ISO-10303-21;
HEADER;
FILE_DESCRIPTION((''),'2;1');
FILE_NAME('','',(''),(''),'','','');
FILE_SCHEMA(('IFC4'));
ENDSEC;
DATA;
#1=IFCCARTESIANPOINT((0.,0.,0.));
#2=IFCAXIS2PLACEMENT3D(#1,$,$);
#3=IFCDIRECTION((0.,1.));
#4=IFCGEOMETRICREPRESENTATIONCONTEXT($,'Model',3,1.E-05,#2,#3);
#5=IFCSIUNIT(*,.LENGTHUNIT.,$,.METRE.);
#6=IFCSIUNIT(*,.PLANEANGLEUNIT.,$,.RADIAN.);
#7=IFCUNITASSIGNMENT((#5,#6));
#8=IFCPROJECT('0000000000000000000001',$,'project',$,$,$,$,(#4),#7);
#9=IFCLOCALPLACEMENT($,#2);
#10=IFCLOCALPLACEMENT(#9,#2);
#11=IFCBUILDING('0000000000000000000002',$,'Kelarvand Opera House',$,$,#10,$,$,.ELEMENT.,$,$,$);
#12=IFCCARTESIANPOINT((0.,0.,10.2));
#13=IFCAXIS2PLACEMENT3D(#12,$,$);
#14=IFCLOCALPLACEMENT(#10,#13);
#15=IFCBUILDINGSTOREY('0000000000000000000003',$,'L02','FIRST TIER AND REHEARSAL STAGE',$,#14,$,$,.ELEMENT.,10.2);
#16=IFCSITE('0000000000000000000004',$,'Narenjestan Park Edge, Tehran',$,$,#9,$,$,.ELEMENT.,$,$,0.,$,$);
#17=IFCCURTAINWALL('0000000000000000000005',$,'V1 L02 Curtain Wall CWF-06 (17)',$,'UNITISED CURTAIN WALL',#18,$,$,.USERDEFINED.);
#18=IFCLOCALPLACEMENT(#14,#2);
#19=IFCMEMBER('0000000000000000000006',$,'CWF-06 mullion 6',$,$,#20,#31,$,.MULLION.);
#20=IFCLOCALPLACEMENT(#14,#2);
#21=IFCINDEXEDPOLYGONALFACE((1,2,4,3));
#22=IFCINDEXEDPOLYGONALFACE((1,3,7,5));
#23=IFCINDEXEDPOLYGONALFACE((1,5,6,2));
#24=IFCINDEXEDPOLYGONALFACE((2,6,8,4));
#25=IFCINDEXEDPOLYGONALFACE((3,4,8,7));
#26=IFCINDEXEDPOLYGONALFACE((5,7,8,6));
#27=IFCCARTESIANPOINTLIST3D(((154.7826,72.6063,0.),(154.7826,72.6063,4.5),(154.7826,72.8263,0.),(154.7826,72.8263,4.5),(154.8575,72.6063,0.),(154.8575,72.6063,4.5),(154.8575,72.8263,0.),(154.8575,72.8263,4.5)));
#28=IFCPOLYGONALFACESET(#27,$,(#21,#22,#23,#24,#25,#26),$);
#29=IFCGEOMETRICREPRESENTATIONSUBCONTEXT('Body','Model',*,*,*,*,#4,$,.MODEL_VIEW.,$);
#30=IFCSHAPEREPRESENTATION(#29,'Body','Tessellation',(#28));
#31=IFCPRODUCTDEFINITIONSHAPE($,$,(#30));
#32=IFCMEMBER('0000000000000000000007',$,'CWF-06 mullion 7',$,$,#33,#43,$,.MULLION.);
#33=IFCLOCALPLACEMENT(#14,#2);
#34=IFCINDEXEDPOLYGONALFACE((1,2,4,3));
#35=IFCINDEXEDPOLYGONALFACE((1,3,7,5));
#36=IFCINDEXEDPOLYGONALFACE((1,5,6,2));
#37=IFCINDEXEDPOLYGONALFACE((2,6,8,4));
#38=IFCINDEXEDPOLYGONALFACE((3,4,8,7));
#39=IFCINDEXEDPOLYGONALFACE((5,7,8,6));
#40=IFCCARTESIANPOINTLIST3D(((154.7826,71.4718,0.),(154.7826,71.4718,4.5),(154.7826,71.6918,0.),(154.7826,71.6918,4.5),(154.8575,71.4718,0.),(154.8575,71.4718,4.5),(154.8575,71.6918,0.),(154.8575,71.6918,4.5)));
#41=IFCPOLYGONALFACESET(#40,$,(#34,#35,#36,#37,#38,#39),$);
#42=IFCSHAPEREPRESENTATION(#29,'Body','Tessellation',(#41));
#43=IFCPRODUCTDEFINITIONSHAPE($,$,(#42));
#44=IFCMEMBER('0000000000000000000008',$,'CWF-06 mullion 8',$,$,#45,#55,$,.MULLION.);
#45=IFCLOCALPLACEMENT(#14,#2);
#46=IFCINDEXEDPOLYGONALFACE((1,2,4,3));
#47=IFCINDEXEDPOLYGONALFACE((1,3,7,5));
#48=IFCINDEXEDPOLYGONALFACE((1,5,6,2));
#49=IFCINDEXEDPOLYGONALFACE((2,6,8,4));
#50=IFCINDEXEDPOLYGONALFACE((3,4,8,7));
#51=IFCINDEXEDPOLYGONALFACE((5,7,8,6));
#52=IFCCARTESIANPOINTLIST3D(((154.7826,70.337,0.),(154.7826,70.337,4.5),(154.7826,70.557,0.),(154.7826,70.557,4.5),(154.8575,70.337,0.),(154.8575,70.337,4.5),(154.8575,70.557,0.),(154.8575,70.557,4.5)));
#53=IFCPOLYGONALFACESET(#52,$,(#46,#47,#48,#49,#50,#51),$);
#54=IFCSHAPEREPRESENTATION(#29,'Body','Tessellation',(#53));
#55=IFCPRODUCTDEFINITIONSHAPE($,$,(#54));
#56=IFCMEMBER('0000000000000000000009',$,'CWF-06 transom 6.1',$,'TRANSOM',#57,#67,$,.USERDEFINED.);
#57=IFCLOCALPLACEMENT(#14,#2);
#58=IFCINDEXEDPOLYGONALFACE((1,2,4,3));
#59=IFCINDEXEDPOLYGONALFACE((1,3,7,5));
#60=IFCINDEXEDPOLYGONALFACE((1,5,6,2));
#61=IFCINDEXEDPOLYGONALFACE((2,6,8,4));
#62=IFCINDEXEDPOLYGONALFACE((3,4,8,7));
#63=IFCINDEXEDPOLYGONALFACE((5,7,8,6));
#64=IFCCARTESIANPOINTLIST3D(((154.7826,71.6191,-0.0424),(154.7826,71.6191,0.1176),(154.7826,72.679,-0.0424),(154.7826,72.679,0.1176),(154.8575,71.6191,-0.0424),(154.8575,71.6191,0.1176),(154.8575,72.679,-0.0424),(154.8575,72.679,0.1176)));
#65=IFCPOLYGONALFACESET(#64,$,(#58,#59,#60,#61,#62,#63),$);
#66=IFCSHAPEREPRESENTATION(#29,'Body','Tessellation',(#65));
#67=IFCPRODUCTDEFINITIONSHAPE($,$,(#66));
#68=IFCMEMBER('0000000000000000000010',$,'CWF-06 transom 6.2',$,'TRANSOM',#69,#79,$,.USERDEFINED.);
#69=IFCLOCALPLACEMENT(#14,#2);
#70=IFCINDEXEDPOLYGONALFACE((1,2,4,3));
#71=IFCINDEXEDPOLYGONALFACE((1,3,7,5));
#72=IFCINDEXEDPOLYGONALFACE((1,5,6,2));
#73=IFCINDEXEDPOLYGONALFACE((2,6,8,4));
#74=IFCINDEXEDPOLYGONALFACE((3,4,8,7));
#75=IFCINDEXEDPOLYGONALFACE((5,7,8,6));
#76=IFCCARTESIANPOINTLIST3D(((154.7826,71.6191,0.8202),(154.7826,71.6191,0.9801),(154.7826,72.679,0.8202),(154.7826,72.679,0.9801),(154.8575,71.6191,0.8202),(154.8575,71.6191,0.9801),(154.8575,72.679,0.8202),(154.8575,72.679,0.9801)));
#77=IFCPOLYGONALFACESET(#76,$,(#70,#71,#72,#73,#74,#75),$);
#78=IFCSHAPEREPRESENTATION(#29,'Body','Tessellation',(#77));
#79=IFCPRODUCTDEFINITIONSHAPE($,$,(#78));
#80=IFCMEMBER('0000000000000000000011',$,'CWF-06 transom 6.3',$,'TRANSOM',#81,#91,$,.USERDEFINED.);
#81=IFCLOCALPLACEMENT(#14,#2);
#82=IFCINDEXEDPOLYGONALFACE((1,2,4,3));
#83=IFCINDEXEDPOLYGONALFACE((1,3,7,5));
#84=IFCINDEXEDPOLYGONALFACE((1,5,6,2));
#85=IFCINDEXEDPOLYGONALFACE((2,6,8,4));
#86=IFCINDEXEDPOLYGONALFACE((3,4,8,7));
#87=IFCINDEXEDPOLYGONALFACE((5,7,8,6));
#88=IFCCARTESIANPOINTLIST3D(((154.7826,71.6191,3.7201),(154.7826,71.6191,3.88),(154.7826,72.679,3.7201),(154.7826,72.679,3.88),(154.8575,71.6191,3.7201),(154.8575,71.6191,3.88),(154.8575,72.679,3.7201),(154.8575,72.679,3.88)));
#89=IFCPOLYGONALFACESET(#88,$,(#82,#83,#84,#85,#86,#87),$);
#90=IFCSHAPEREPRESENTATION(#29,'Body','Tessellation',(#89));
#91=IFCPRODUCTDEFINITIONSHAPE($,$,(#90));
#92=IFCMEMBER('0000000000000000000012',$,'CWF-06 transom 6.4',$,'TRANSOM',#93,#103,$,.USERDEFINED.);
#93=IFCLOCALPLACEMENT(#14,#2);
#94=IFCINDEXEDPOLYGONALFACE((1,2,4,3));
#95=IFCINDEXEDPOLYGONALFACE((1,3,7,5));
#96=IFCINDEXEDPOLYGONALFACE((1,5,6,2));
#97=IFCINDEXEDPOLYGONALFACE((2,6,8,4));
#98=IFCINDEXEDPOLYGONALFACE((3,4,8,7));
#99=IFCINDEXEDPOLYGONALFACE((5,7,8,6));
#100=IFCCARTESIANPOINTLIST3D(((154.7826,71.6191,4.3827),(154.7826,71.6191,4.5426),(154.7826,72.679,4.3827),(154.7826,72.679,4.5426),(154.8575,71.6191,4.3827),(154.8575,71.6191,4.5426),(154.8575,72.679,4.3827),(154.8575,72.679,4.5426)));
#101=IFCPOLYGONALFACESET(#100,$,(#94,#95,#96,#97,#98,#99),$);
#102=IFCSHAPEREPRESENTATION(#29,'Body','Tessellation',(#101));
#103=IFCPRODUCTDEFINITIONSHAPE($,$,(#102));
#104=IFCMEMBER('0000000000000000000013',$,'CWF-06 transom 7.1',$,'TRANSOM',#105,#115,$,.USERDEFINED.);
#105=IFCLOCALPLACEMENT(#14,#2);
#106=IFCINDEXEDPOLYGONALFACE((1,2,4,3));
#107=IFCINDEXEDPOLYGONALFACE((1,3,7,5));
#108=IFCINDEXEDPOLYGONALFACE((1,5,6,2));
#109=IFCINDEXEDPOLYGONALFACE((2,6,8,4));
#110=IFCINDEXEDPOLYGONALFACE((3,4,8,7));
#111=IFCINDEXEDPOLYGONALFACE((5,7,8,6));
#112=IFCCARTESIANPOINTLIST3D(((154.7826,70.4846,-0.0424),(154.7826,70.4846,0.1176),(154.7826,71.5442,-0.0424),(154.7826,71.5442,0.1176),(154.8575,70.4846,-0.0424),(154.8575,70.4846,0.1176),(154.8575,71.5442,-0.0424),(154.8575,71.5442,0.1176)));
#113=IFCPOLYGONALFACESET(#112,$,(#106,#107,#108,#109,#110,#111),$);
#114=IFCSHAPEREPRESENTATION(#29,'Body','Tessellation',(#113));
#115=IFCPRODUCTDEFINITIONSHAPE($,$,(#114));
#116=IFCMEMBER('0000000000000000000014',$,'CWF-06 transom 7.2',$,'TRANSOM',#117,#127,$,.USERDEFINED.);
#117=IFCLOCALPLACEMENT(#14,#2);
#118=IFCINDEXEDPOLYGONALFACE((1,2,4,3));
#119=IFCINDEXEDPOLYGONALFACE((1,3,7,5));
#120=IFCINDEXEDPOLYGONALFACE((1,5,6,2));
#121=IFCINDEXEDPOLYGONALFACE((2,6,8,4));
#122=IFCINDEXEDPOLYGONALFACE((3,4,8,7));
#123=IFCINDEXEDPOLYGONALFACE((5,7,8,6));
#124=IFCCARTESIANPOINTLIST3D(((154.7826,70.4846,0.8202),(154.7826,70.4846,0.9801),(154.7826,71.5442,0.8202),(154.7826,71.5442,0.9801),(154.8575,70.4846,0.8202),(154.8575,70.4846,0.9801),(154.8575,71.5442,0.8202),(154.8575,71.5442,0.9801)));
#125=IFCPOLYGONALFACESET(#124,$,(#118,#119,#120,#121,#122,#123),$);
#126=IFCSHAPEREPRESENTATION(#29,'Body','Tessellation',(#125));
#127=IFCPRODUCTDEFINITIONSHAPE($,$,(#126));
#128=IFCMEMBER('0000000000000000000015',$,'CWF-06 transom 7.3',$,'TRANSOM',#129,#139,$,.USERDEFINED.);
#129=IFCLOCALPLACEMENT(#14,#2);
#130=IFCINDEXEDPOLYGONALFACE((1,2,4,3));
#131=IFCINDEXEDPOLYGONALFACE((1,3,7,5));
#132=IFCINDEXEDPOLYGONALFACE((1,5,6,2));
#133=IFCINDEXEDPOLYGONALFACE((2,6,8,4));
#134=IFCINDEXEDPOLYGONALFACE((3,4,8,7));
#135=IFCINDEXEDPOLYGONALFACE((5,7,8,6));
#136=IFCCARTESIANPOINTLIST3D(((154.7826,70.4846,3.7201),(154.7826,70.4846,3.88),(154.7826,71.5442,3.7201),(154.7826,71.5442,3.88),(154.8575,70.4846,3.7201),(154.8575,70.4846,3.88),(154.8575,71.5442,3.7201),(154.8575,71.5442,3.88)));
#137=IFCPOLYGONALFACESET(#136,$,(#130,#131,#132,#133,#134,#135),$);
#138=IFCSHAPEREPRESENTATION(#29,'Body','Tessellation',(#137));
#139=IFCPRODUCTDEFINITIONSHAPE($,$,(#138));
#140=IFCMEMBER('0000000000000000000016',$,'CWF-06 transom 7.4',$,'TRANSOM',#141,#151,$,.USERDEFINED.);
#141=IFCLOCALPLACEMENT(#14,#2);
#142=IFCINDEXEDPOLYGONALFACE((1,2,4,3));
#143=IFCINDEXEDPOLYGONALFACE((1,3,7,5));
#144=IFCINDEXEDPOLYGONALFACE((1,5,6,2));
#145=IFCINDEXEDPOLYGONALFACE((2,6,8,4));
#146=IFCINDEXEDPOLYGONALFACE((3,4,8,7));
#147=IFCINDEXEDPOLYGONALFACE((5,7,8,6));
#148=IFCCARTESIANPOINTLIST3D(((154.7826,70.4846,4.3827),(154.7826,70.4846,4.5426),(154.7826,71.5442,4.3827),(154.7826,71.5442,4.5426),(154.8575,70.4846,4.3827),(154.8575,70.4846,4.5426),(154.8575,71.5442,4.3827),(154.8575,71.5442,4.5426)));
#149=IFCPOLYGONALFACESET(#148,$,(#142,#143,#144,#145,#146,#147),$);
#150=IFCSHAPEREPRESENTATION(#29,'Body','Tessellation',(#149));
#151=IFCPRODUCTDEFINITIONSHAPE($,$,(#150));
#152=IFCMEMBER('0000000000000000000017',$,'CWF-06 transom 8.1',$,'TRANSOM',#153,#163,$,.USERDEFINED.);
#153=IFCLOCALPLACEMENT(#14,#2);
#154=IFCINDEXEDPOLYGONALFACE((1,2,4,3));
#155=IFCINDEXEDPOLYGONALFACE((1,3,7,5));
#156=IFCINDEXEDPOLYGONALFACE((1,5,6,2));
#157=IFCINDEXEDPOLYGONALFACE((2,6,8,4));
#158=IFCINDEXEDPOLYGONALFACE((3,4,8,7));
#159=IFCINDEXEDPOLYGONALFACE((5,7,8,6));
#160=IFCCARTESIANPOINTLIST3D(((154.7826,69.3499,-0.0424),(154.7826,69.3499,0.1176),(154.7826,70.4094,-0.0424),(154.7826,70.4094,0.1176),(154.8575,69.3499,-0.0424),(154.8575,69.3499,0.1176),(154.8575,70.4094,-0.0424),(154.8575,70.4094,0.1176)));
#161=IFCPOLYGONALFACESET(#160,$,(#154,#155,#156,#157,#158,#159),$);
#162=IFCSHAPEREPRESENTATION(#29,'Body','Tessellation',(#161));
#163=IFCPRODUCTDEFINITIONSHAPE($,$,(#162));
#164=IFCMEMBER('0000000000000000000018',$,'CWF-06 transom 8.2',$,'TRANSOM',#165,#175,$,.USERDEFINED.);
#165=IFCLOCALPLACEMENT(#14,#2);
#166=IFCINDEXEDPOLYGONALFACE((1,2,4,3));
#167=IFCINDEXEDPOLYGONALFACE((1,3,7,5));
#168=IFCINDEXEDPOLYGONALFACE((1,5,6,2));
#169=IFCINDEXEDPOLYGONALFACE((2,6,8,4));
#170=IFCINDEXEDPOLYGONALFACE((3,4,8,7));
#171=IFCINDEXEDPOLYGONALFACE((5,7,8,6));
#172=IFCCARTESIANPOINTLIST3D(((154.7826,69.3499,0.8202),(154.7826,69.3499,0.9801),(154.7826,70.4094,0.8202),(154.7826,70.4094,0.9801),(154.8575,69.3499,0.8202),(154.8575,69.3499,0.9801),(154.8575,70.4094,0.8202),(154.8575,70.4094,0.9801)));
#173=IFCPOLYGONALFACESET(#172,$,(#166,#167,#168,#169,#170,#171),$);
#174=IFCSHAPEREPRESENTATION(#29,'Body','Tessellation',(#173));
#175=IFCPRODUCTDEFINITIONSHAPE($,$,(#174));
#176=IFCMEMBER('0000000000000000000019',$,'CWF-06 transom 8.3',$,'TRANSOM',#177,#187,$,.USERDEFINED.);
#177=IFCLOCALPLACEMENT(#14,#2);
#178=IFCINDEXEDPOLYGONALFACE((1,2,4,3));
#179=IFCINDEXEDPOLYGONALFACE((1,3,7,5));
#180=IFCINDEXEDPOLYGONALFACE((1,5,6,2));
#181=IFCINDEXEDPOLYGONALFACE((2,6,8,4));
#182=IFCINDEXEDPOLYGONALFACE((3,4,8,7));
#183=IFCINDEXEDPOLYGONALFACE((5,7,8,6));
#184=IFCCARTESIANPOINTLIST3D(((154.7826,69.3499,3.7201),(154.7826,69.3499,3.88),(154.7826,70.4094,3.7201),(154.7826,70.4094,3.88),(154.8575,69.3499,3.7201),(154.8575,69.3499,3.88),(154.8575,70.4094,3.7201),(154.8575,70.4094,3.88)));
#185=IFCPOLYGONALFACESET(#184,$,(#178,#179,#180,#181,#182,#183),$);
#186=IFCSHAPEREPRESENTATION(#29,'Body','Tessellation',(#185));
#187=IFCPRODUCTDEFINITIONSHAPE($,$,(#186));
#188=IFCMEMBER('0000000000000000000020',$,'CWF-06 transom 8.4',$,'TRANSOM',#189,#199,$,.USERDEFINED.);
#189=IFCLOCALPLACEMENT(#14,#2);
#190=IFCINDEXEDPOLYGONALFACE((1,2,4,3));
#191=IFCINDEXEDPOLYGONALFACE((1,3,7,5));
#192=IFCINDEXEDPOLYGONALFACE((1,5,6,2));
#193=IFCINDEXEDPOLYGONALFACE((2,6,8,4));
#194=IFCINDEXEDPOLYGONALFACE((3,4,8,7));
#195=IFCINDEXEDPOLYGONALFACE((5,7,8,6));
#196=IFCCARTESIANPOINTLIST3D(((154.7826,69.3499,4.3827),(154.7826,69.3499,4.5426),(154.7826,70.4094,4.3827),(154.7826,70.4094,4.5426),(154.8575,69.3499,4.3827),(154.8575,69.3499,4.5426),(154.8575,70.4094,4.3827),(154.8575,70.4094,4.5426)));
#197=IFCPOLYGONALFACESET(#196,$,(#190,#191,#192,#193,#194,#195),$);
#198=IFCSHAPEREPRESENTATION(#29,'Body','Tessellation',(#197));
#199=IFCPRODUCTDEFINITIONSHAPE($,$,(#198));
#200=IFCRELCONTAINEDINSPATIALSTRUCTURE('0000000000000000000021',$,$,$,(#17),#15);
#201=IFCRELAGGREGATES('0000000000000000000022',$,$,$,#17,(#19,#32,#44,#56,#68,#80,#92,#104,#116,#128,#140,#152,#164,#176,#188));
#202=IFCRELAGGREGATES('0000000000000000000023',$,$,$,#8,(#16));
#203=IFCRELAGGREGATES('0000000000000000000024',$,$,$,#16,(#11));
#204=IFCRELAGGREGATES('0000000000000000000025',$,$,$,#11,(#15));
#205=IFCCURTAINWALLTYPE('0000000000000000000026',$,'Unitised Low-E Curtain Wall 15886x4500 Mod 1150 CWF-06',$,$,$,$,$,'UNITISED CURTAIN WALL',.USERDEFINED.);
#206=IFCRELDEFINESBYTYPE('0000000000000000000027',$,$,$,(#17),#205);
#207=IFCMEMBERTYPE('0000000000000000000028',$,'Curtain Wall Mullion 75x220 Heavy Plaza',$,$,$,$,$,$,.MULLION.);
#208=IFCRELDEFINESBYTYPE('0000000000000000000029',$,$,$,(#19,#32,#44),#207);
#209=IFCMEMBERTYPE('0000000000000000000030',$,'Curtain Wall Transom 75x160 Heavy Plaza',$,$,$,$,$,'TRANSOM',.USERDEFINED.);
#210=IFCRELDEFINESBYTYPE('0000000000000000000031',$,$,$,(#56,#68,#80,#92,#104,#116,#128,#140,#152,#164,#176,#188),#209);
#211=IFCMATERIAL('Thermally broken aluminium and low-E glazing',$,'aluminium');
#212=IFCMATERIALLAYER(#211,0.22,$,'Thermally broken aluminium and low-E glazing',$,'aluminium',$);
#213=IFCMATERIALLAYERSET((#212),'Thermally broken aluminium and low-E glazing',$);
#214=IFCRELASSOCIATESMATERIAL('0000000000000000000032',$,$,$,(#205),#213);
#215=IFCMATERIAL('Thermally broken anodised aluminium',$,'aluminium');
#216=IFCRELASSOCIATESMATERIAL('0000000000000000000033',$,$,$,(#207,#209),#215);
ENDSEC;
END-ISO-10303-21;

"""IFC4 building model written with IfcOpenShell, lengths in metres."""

from ifc_helpers import new_model, si_unit, direction, frame, origin, origin_2d, place, context, subcontext, project, spatial, rectangle, extrude, material, layer, layer_set, material_profile, profile_set, type_object, element, aggregate, save


model = new_model("IFC4")

# Units and contexts
model_context = context("Model", 3, precision=1e-05, world=origin(), true_north=direction((0.0, 1.0)))
body_context = subcontext(model_context, "Body", "Model", "MODEL_VIEW")
ifc_project = project(units=[si_unit("LENGTHUNIT", "METRE"), si_unit("PLANEANGLEUNIT", "RADIAN")], contexts=[model_context])

# Site, building, storey
site_placement = place(None, origin())
site = spatial("IfcSite", under=ifc_project, at=site_placement, Name="Narenjestan Park Edge, Tehran", CompositionType="ELEMENT", RefElevation=0.0)
building_placement = place(site_placement, origin())
building = spatial("IfcBuilding", under=site, at=building_placement, Name="Kelarvand Opera House", CompositionType="ELEMENT")
storey_placement = place(building_placement, frame((0.0, 0.0, 10.2)))
storey = spatial("IfcBuildingStorey", under=building, at=storey_placement, Name="L02", Description="FIRST TIER AND REHEARSAL STAGE", CompositionType="ELEMENT", Elevation=10.2)

# Curtain wall, members
ifc_material_1 = material(Name="Thermally broken aluminium and low-E glazing", Category="aluminium")
ifc_layer_1 = layer(ifc_material_1, 0.22, Name="Thermally broken aluminium and low-E glazing", Category="aluminium")
ifc_layer_set_1 = layer_set([ifc_layer_1], Name="Thermally broken aluminium and low-E glazing")
curtain_wall_type = type_object("IfcCurtainWallType", Name="Unitised Low-E Curtain Wall 15886x4500 Mod 1150 CWF-06", ElementType="UNITISED CURTAIN WALL", PredefinedType="USERDEFINED", material=ifc_layer_set_1)
curtain_wall_placement = place(storey_placement, origin())
curtain_wall = element("IfcCurtainWall", 1, at=curtain_wall_placement, inside=storey, type_object=curtain_wall_type, Name="V1 L02 Curtain Wall CWF-06 (17)", ObjectType="UNITISED CURTAIN WALL", PredefinedType="USERDEFINED")
ifc_material_2 = material(Name="Thermally broken anodised aluminium", Category="aluminium")
ifc_material_profile_1 = material_profile(ifc_material_2, rectangle(XDim=0.075, YDim=0.22, at=origin_2d()), Name="ALU MULLION 75x220", Category="aluminium")
ifc_profile_set_1 = profile_set([ifc_material_profile_1], Name="Thermally broken anodised aluminium")
member_type_1 = type_object("IfcMemberType", Name="Curtain Wall Mullion 75x220 Heavy Plaza", PredefinedType="MULLION", material=ifc_profile_set_1)
member_1_placement = place(storey_placement, frame((154.8201, 72.7163, 0.0), z_axis=(0.0, 0.0, 1.0), x_axis=(1.0, 0.0, 0.0)))
member_1 = element("IfcMember", 2, at=member_1_placement, type_object=member_type_1, Name="CWF-06 mullion 6", PredefinedType="MULLION", context=body_context, shape_type="SweptSolid", body=[
    extrude(rectangle(XDim=0.075, YDim=0.22, at=origin_2d()), origin(), (0.0, 0.0, 1.0), 4.5),
])
member_2_placement = place(storey_placement, frame((154.8201, 71.5818, 0.0), z_axis=(0.0, 0.0, 1.0), x_axis=(1.0, 0.0, 0.0)))
member_2 = element("IfcMember", 3, at=member_2_placement, type_object=member_type_1, Name="CWF-06 mullion 7", PredefinedType="MULLION", context=body_context, shape_type="SweptSolid", body=[
    extrude(rectangle(XDim=0.075, YDim=0.22, at=origin_2d()), origin(), (0.0, 0.0, 1.0), 4.5),
])
member_3_placement = place(storey_placement, frame((154.8201, 70.447, 0.0), z_axis=(0.0, 0.0, 1.0), x_axis=(1.0, 0.0, 0.0)))
member_3 = element("IfcMember", 4, at=member_3_placement, type_object=member_type_1, Name="CWF-06 mullion 8", PredefinedType="MULLION", context=body_context, shape_type="SweptSolid", body=[
    extrude(rectangle(XDim=0.075, YDim=0.22, at=origin_2d()), origin(), (0.0, 0.0, 1.0), 4.5),
])
ifc_material_profile_2 = material_profile(ifc_material_2, rectangle(XDim=0.075, YDim=0.1599, at=origin_2d()), Name="ALU TRANSOM 75x160", Category="aluminium")
ifc_profile_set_2 = profile_set([ifc_material_profile_2], Name="Thermally broken anodised aluminium")
member_type_2 = type_object("IfcMemberType", Name="Curtain Wall Transom 75x160 Heavy Plaza", ElementType="TRANSOM", PredefinedType="USERDEFINED", material=ifc_profile_set_2)
member_4_placement = place(storey_placement, frame((154.8201, 72.679, 0.0376), z_axis=(0.0, -1.0, 0.0), x_axis=(1.0, 0.0, 0.0)))
member_4 = element("IfcMember", 5, at=member_4_placement, type_object=member_type_2, Name="CWF-06 transom 6.1", ObjectType="TRANSOM", PredefinedType="USERDEFINED", context=body_context, shape_type="SweptSolid", body=[
    extrude(rectangle(XDim=0.075, YDim=0.1599, at=origin_2d()), origin(), (0.0, 0.0, 1.0), 1.0598),
])
member_5_placement = place(storey_placement, frame((154.8201, 72.679, 0.9001), z_axis=(0.0, -1.0, 0.0), x_axis=(1.0, 0.0, 0.0)))
member_5 = element("IfcMember", 6, at=member_5_placement, type_object=member_type_2, Name="CWF-06 transom 6.2", ObjectType="TRANSOM", PredefinedType="USERDEFINED", context=body_context, shape_type="SweptSolid", body=[
    extrude(rectangle(XDim=0.075, YDim=0.1599, at=origin_2d()), origin(), (0.0, 0.0, 1.0), 1.0598),
])
member_6_placement = place(storey_placement, frame((154.8201, 72.679, 3.8), z_axis=(0.0, -1.0, 0.0), x_axis=(1.0, 0.0, 0.0)))
member_6 = element("IfcMember", 7, at=member_6_placement, type_object=member_type_2, Name="CWF-06 transom 6.3", ObjectType="TRANSOM", PredefinedType="USERDEFINED", context=body_context, shape_type="SweptSolid", body=[
    extrude(rectangle(XDim=0.075, YDim=0.1599, at=origin_2d()), origin(), (0.0, 0.0, 1.0), 1.0598),
])
member_7_placement = place(storey_placement, frame((154.8201, 72.679, 4.4626), z_axis=(0.0, -1.0, 0.0), x_axis=(1.0, 0.0, 0.0)))
member_7 = element("IfcMember", 8, at=member_7_placement, type_object=member_type_2, Name="CWF-06 transom 6.4", ObjectType="TRANSOM", PredefinedType="USERDEFINED", context=body_context, shape_type="SweptSolid", body=[
    extrude(rectangle(XDim=0.075, YDim=0.1599, at=origin_2d()), origin(), (0.0, 0.0, 1.0), 1.0598),
])
member_8_placement = place(storey_placement, frame((154.8201, 71.5442, 0.0376), z_axis=(0.0, -1.0, 0.0), x_axis=(1.0, 0.0, 0.0)))
member_8 = element("IfcMember", 9, at=member_8_placement, type_object=member_type_2, Name="CWF-06 transom 7.1", ObjectType="TRANSOM", PredefinedType="USERDEFINED", context=body_context, shape_type="SweptSolid", body=[
    extrude(rectangle(XDim=0.075, YDim=0.1599, at=origin_2d()), origin(), (0.0, 0.0, 1.0), 1.0596),
])
member_9_placement = place(storey_placement, frame((154.8201, 71.5442, 0.9001), z_axis=(0.0, -1.0, 0.0), x_axis=(1.0, 0.0, 0.0)))
member_9 = element("IfcMember", 10, at=member_9_placement, type_object=member_type_2, Name="CWF-06 transom 7.2", ObjectType="TRANSOM", PredefinedType="USERDEFINED", context=body_context, shape_type="SweptSolid", body=[
    extrude(rectangle(XDim=0.075, YDim=0.1599, at=origin_2d()), origin(), (0.0, 0.0, 1.0), 1.0596),
])
member_10_placement = place(storey_placement, frame((154.8201, 71.5442, 3.8), z_axis=(0.0, -1.0, 0.0), x_axis=(1.0, 0.0, 0.0)))
member_10 = element("IfcMember", 11, at=member_10_placement, type_object=member_type_2, Name="CWF-06 transom 7.3", ObjectType="TRANSOM", PredefinedType="USERDEFINED", context=body_context, shape_type="SweptSolid", body=[
    extrude(rectangle(XDim=0.075, YDim=0.1599, at=origin_2d()), origin(), (0.0, 0.0, 1.0), 1.0596),
])
member_11_placement = place(storey_placement, frame((154.8201, 71.5442, 4.4626), z_axis=(0.0, -1.0, 0.0), x_axis=(1.0, 0.0, 0.0)))
member_11 = element("IfcMember", 12, at=member_11_placement, type_object=member_type_2, Name="CWF-06 transom 7.4", ObjectType="TRANSOM", PredefinedType="USERDEFINED", context=body_context, shape_type="SweptSolid", body=[
    extrude(rectangle(XDim=0.075, YDim=0.1599, at=origin_2d()), origin(), (0.0, 0.0, 1.0), 1.0596),
])
member_12_placement = place(storey_placement, frame((154.8201, 70.4094, 0.0376), z_axis=(0.0, -1.0, 0.0), x_axis=(1.0, 0.0, 0.0)))
member_12 = element("IfcMember", 13, at=member_12_placement, type_object=member_type_2, Name="CWF-06 transom 8.1", ObjectType="TRANSOM", PredefinedType="USERDEFINED", context=body_context, shape_type="SweptSolid", body=[
    extrude(rectangle(XDim=0.075, YDim=0.1599, at=origin_2d()), origin(), (0.0, 0.0, 1.0), 1.0596),
])
member_13_placement = place(storey_placement, frame((154.8201, 70.4094, 0.9001), z_axis=(0.0, -1.0, 0.0), x_axis=(1.0, 0.0, 0.0)))
member_13 = element("IfcMember", 14, at=member_13_placement, type_object=member_type_2, Name="CWF-06 transom 8.2", ObjectType="TRANSOM", PredefinedType="USERDEFINED", context=body_context, shape_type="SweptSolid", body=[
    extrude(rectangle(XDim=0.075, YDim=0.1599, at=origin_2d()), origin(), (0.0, 0.0, 1.0), 1.0596),
])
member_14_placement = place(storey_placement, frame((154.8201, 70.4094, 3.8), z_axis=(0.0, -1.0, 0.0), x_axis=(1.0, 0.0, 0.0)))
member_14 = element("IfcMember", 15, at=member_14_placement, type_object=member_type_2, Name="CWF-06 transom 8.3", ObjectType="TRANSOM", PredefinedType="USERDEFINED", context=body_context, shape_type="SweptSolid", body=[
    extrude(rectangle(XDim=0.075, YDim=0.1599, at=origin_2d()), origin(), (0.0, 0.0, 1.0), 1.0596),
])
member_15_placement = place(storey_placement, frame((154.8201, 70.4094, 4.4626), z_axis=(0.0, -1.0, 0.0), x_axis=(1.0, 0.0, 0.0)))
member_15 = element("IfcMember", 16, at=member_15_placement, type_object=member_type_2, Name="CWF-06 transom 8.4", ObjectType="TRANSOM", PredefinedType="USERDEFINED", context=body_context, shape_type="SweptSolid", body=[
    extrude(rectangle(XDim=0.075, YDim=0.1599, at=origin_2d()), origin(), (0.0, 0.0, 1.0), 1.0596),
])
aggregate(curtain_wall, [member_1, member_2, member_3, member_4, member_5, member_6, member_7, member_8, member_9, member_10, member_11, member_12, member_13, member_14, member_15])

save(model, "model.ifc")
